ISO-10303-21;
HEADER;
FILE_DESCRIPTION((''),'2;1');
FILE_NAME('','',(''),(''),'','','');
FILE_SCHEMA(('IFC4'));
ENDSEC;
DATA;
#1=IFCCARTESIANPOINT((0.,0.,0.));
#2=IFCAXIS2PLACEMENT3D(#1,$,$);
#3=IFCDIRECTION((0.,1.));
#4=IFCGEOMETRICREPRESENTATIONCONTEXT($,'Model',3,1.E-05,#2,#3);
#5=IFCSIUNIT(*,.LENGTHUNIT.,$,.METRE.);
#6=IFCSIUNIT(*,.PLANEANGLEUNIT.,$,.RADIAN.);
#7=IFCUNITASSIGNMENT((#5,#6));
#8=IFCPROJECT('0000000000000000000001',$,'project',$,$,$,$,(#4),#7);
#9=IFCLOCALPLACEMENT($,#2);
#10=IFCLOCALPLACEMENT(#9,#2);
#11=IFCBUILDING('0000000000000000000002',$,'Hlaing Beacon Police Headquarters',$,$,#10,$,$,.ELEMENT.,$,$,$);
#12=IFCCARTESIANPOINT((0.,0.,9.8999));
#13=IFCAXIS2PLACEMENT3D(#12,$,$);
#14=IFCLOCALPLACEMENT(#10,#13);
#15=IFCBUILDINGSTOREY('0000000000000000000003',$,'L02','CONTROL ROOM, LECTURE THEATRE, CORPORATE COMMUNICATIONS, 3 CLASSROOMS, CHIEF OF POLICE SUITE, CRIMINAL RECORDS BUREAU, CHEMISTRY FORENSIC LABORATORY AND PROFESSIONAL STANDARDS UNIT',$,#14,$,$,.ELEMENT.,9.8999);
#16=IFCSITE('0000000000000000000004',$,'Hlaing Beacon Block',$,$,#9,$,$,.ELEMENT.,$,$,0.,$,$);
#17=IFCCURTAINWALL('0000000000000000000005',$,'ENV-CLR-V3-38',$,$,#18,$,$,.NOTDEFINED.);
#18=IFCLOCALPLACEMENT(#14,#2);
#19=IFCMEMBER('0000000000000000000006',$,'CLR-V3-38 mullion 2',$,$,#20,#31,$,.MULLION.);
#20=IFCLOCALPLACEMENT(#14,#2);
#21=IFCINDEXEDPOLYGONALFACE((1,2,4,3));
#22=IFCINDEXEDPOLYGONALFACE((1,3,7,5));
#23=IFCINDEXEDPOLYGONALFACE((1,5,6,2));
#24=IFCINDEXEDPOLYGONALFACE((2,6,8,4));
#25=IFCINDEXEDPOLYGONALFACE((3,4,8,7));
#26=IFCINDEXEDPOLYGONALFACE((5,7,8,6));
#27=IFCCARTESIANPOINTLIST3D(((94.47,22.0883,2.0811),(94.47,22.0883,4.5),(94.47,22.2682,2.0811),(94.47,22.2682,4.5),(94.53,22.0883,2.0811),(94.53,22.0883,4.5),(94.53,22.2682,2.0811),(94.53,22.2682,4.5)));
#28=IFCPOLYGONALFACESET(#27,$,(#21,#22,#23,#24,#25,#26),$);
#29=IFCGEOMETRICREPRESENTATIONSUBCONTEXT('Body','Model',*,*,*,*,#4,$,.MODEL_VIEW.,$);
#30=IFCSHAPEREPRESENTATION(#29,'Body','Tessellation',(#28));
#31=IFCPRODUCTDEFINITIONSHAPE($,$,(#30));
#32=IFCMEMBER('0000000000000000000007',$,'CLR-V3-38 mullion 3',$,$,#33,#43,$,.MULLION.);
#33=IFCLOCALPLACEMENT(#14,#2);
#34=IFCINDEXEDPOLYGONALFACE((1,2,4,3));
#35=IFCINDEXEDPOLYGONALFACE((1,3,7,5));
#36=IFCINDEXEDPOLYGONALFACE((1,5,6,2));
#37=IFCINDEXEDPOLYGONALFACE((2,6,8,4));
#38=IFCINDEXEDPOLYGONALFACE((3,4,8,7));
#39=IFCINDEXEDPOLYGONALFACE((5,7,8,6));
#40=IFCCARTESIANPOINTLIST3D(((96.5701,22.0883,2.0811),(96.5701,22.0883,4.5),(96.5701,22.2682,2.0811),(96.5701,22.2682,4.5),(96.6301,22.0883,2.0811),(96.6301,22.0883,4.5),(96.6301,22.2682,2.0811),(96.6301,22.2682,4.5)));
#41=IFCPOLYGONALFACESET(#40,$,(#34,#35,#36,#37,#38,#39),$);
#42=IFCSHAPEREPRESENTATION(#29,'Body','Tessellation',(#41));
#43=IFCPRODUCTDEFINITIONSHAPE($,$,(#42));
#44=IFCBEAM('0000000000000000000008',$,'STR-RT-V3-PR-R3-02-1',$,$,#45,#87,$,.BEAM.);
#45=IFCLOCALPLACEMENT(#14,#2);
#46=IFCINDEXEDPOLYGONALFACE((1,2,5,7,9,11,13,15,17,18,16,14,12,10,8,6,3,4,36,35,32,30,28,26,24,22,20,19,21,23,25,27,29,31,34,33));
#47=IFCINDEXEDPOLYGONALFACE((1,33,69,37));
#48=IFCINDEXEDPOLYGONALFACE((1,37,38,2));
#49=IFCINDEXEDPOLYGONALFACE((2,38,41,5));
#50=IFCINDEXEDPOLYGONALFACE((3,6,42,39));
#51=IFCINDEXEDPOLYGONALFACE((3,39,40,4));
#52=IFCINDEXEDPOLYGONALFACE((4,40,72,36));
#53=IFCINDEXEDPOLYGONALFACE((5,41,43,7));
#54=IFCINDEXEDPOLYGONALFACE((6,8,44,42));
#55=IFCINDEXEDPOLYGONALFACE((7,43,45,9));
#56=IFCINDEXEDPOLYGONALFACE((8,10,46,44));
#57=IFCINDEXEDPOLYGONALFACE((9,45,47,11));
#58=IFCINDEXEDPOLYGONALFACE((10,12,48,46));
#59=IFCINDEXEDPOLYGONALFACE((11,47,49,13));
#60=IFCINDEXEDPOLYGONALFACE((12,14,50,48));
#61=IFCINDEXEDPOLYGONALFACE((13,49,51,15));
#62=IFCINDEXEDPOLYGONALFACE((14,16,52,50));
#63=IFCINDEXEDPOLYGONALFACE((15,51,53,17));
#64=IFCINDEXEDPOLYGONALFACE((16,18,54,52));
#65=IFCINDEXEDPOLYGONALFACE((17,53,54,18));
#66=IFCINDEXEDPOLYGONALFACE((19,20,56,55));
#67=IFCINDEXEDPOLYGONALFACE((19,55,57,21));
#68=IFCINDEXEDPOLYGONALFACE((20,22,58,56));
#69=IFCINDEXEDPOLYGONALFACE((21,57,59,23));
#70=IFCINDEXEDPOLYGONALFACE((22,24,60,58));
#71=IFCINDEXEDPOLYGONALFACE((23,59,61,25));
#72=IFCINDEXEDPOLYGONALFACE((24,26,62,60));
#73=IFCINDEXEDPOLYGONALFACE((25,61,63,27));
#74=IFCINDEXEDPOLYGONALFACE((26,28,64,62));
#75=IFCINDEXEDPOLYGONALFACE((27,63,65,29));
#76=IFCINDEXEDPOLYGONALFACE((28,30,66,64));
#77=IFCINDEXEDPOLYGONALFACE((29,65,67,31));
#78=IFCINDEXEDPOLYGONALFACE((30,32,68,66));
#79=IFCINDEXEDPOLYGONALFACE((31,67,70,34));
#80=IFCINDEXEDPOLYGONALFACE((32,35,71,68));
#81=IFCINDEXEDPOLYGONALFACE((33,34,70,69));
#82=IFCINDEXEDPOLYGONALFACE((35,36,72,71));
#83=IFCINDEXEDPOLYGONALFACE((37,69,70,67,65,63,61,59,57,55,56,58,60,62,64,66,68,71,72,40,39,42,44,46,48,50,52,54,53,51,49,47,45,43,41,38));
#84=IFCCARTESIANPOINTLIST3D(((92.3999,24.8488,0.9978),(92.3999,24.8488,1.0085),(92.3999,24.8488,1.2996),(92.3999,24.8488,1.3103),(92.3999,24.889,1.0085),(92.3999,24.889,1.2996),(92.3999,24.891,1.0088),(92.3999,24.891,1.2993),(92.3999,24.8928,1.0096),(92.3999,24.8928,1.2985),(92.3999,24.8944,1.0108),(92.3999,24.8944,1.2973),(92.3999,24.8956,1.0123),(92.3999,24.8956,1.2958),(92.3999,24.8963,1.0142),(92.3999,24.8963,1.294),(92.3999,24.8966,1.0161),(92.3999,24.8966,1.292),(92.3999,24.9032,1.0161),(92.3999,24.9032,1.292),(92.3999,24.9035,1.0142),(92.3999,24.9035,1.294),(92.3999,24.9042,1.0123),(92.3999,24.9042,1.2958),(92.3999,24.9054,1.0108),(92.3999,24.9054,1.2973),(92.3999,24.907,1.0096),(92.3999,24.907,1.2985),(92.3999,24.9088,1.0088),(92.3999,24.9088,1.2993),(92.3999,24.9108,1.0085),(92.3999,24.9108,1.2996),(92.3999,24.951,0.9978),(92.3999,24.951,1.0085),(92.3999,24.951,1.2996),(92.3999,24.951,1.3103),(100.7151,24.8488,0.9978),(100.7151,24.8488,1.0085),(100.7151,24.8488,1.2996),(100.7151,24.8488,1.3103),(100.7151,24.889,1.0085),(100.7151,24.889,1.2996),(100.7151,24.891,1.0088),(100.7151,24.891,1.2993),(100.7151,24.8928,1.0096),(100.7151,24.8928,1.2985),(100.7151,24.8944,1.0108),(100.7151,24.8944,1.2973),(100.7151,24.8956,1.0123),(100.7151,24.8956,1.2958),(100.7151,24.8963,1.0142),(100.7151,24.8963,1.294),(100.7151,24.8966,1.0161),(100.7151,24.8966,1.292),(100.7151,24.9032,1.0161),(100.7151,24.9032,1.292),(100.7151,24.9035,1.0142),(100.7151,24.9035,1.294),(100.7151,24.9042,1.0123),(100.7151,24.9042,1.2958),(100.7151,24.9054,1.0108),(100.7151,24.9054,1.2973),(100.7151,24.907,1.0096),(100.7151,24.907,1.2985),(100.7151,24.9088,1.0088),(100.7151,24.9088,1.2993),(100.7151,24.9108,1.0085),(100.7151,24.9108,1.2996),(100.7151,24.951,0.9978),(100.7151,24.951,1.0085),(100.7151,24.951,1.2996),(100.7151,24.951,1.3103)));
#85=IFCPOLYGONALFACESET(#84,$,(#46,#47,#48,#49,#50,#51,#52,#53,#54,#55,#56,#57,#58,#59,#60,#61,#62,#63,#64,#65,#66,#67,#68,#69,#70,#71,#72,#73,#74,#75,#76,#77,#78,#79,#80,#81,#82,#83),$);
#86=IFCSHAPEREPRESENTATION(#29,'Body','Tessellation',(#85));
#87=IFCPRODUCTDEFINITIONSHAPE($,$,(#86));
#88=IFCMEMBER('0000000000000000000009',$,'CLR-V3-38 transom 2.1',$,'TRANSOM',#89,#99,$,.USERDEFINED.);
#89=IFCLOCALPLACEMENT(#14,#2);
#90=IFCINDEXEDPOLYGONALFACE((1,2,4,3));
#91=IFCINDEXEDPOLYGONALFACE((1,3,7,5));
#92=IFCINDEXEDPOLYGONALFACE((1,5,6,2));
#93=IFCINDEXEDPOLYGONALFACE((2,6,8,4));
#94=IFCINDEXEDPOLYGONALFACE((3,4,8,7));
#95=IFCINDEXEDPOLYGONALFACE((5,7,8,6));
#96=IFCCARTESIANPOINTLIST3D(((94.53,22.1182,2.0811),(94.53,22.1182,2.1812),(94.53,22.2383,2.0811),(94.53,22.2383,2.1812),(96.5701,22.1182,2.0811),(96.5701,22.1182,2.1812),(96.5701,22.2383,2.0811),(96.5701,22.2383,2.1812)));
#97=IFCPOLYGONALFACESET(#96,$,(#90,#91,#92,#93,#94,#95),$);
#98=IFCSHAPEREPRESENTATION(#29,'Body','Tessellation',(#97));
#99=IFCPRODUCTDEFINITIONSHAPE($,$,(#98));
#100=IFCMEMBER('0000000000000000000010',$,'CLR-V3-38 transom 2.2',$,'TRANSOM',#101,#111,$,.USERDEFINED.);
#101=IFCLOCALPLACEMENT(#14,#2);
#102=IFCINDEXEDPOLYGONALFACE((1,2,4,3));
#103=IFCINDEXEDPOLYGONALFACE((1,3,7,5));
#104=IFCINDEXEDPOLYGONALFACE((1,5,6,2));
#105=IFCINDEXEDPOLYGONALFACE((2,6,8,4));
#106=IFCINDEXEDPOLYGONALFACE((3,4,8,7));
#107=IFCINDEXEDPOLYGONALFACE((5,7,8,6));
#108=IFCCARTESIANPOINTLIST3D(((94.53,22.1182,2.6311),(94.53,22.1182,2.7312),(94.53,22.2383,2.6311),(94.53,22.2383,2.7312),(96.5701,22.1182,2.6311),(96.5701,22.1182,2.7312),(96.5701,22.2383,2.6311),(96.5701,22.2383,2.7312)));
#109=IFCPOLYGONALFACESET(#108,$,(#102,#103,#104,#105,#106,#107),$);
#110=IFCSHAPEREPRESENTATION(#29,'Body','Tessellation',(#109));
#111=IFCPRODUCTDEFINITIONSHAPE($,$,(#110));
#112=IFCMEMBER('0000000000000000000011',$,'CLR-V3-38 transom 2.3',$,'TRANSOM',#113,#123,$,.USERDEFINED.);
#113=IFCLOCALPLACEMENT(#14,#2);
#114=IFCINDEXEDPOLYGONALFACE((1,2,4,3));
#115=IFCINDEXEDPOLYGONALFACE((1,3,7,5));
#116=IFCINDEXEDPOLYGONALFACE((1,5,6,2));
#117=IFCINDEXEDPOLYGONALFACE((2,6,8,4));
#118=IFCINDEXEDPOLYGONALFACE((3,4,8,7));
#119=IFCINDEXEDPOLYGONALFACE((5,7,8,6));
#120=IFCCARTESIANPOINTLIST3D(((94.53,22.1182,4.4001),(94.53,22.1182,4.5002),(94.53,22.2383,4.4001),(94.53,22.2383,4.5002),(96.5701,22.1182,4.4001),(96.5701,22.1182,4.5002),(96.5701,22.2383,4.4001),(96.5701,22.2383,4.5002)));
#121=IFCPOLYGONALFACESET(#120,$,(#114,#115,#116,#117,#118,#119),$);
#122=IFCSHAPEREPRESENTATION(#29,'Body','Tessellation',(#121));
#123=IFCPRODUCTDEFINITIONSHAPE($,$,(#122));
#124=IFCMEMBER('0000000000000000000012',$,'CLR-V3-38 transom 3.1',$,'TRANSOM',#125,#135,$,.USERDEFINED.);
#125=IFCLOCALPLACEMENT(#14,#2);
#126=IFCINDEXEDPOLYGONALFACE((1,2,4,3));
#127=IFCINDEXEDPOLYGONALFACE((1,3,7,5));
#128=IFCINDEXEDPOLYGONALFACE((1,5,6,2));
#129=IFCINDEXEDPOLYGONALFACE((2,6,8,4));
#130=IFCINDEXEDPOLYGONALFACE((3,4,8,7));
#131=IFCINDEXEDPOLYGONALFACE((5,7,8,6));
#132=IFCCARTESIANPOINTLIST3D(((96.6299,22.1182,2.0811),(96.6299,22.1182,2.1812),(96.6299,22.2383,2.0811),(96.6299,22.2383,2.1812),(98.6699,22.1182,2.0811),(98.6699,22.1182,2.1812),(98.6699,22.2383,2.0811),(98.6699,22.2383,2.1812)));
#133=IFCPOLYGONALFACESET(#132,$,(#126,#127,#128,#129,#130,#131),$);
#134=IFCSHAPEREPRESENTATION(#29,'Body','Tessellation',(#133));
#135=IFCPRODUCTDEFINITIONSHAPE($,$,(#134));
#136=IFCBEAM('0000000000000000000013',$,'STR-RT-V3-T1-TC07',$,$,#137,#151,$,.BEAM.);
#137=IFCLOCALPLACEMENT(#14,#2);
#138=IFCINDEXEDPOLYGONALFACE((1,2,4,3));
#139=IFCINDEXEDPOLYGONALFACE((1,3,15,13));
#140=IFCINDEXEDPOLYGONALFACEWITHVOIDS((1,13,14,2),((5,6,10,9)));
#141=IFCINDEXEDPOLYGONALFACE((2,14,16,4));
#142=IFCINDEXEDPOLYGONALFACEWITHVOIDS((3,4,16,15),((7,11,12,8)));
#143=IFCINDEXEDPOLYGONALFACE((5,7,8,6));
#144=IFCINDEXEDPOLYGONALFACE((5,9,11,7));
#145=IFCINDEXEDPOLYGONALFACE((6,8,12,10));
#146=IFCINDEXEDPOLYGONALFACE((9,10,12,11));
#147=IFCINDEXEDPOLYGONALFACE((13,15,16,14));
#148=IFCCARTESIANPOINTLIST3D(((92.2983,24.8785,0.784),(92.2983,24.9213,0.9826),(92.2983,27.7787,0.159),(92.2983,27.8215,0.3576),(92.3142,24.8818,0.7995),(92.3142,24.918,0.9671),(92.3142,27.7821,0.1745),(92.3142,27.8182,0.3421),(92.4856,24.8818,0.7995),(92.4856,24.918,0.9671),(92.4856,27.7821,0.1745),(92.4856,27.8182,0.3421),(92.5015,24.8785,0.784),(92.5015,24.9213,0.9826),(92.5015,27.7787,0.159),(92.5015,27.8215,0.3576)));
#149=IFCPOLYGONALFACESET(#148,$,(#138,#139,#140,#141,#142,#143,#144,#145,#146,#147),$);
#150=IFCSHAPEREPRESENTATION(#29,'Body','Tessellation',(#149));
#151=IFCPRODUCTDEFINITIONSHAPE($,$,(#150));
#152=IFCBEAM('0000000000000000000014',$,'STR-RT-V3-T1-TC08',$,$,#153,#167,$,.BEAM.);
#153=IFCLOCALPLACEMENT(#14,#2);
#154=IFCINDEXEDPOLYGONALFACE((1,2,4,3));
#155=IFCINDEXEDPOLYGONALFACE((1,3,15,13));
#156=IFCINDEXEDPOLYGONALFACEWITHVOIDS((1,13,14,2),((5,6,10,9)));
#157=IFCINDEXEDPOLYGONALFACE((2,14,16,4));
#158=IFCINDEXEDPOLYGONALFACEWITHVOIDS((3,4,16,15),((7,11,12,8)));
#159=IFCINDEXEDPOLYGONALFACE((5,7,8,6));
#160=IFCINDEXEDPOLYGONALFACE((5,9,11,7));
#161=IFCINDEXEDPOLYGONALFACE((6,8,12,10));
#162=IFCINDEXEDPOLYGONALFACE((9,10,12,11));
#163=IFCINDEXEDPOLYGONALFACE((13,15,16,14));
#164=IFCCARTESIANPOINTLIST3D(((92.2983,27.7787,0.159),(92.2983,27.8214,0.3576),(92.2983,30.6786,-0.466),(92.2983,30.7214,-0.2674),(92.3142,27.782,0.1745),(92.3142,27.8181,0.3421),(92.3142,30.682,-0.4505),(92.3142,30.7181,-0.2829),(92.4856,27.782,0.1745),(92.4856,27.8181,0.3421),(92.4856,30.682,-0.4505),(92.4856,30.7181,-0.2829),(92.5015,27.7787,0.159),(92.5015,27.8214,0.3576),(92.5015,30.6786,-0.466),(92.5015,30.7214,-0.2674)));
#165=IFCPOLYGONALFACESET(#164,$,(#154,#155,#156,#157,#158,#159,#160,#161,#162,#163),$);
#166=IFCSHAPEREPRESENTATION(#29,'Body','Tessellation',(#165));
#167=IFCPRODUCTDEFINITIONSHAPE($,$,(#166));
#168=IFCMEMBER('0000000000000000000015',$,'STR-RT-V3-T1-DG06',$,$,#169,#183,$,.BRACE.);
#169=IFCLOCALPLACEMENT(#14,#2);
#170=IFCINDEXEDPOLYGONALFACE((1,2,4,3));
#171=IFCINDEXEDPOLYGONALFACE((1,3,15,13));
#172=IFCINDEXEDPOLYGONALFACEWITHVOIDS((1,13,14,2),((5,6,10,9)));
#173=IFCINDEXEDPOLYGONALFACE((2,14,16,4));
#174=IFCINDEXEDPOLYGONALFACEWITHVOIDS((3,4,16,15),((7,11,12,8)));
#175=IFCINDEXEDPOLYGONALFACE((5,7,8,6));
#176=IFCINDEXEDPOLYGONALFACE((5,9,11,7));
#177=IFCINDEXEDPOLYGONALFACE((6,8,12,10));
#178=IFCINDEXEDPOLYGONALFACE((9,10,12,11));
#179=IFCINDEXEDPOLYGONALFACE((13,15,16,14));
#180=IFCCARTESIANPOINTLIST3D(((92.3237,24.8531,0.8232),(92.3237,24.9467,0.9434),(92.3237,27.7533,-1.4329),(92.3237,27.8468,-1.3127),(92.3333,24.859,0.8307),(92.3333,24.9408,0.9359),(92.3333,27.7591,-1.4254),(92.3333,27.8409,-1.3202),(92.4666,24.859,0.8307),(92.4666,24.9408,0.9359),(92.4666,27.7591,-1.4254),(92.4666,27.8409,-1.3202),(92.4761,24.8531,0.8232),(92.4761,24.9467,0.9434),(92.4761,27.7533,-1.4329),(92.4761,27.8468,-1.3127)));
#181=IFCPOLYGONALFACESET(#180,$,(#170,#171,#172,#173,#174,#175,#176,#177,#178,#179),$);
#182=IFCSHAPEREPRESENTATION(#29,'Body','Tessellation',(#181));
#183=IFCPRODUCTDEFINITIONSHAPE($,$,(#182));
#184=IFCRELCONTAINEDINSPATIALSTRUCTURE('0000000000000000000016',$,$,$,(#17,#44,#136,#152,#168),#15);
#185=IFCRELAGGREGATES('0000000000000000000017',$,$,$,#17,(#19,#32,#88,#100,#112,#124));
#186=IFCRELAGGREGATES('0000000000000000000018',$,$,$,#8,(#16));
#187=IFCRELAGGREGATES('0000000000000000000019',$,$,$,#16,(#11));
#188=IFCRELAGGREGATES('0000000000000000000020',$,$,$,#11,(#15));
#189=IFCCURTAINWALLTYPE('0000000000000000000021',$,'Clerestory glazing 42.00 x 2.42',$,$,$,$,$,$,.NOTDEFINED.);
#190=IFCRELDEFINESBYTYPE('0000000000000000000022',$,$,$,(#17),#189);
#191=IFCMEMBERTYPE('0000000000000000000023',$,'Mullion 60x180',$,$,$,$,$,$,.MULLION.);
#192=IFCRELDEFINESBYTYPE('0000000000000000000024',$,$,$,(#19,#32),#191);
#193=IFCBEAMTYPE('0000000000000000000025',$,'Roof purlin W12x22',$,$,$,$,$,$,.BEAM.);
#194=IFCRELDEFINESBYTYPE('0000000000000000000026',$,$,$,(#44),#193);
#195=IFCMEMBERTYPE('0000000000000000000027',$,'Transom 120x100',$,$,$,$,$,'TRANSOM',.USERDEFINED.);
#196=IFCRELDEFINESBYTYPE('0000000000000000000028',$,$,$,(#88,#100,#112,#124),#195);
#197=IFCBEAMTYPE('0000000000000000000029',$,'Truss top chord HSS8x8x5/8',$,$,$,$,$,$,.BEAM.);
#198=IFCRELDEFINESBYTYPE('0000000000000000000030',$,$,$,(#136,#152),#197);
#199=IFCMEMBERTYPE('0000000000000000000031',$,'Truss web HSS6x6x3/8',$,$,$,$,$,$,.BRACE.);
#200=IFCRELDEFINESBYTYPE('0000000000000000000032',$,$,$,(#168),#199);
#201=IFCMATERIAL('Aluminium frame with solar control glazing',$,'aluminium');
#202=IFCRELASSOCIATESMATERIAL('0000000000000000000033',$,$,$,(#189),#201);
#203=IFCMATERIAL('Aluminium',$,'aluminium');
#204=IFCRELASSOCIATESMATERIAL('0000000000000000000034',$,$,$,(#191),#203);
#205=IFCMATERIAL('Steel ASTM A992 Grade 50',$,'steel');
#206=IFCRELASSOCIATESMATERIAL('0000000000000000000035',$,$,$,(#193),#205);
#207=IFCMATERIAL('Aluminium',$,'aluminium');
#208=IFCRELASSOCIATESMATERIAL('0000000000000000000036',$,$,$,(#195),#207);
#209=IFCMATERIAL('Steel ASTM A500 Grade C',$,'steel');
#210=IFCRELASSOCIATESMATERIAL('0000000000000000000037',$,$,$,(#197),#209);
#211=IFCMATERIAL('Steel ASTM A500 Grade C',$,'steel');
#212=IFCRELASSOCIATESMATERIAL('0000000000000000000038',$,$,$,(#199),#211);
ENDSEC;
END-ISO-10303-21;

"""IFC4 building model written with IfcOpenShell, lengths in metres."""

from ifc_helpers import new_model, si_unit, direction, frame, origin, origin_2d, place, context, subcontext, project, spatial, rectangle, hollow_rectangle, i_section, extrude, material, material_profile, profile_set, type_object, element, aggregate, save


model = new_model("IFC4")

# Units and contexts
model_context = context("Model", 3, precision=1e-05, world=origin(), true_north=direction((0.0, 1.0)))
body_context = subcontext(model_context, "Body", "Model", "MODEL_VIEW")
ifc_project = project(units=[si_unit("LENGTHUNIT", "METRE"), si_unit("PLANEANGLEUNIT", "RADIAN")], contexts=[model_context])

# Site, building, storey
site_placement = place(None, origin())
site = spatial("IfcSite", under=ifc_project, at=site_placement, Name="Hlaing Beacon Block", CompositionType="ELEMENT", RefElevation=0.0)
building_placement = place(site_placement, origin())
building = spatial("IfcBuilding", under=site, at=building_placement, Name="Hlaing Beacon Police Headquarters", CompositionType="ELEMENT")
storey_placement = place(building_placement, frame((0.0, 0.0, 9.8999)))
storey = spatial("IfcBuildingStorey", under=building, at=storey_placement, Name="L02", Description="CONTROL ROOM, LECTURE THEATRE, CORPORATE COMMUNICATIONS, 3 CLASSROOMS, CHIEF OF POLICE SUITE, CRIMINAL RECORDS BUREAU, CHEMISTRY FORENSIC LABORATORY AND PROFESSIONAL STANDARDS UNIT", CompositionType="ELEMENT", Elevation=9.8999)

# Curtain wall, members
ifc_material_1 = material(Name="Aluminium frame with solar control glazing", Category="aluminium")
curtain_wall_type = type_object("IfcCurtainWallType", Name="Clerestory glazing 42.00 x 2.42", PredefinedType="NOTDEFINED", material=ifc_material_1)
curtain_wall_placement = place(storey_placement, origin())
curtain_wall = element("IfcCurtainWall", 1, at=curtain_wall_placement, inside=storey, type_object=curtain_wall_type, Name="ENV-CLR-V3-38", PredefinedType="NOTDEFINED")
ifc_material_2 = material(Name="Aluminium", Category="aluminium")
ifc_material_profile_1 = material_profile(ifc_material_2, rectangle(XDim=0.1799, YDim=0.0601, at=origin_2d()), Name="Mullion 60x180")
ifc_profile_set_1 = profile_set([ifc_material_profile_1], Name="Aluminium")
member_type_1 = type_object("IfcMemberType", Name="Mullion 60x180", PredefinedType="MULLION", material=ifc_profile_set_1)
member_1_placement = place(storey_placement, frame((94.5, 22.1782, 2.0811), z_axis=(0.0, 0.0, 1.0), x_axis=(0.0, 1.0, 0.0)))
member_1 = element("IfcMember", 2, at=member_1_placement, type_object=member_type_1, Name="CLR-V3-38 mullion 2", PredefinedType="MULLION", context=body_context, shape_type="SweptSolid", body=[
    extrude(rectangle(XDim=0.1799, YDim=0.0601, at=origin_2d()), origin(), (0.0, 0.0, 1.0), 2.4189),
])
member_2_placement = place(storey_placement, frame((96.6001, 22.1782, 2.0811), z_axis=(0.0, 0.0, 1.0), x_axis=(0.0, 1.0, 0.0)))
member_2 = element("IfcMember", 3, at=member_2_placement, type_object=member_type_1, Name="CLR-V3-38 mullion 3", PredefinedType="MULLION", context=body_context, shape_type="SweptSolid", body=[
    extrude(rectangle(XDim=0.1799, YDim=0.0601, at=origin_2d()), origin(), (0.0, 0.0, 1.0), 2.4189),
])

# Beam
ifc_material_3 = material(Name="Steel ASTM A992 Grade 50", Category="steel")
ifc_material_profile_2 = material_profile(ifc_material_3, i_section(OverallWidth=0.1023, OverallDepth=0.3125, WebThickness=0.0066, FlangeThickness=0.0107, FilletRadius=0.0076, at=origin_2d()), Name="W12x22")
ifc_profile_set_2 = profile_set([ifc_material_profile_2], Name="Steel ASTM A992 Grade 50")
beam_type_1 = type_object("IfcBeamType", Name="Roof purlin W12x22", PredefinedType="BEAM", material=ifc_profile_set_2)
beam_1_placement = place(storey_placement, frame((92.3999, 24.8999, 1.1541), z_axis=(1.0, 0.0, 0.0), x_axis=(0.0, 1.0, 0.0)))
element("IfcBeam", 4, at=beam_1_placement, inside=storey, type_object=beam_type_1, Name="STR-RT-V3-PR-R3-02-1", PredefinedType="BEAM", context=body_context, shape_type="SweptSolid", body=[
    extrude(i_section(OverallWidth=0.1023, OverallDepth=0.3125, WebThickness=0.0066, FlangeThickness=0.0107, FilletRadius=0.0076, at=origin_2d()), origin(), (0.0, 0.0, 1.0), 8.3152),
])

# Members
ifc_material_4 = material(Name="Aluminium", Category="aluminium")
ifc_material_profile_3 = material_profile(ifc_material_4, rectangle(XDim=0.1201, YDim=0.1001, at=origin_2d()), Name="Transom 120x100")
ifc_profile_set_3 = profile_set([ifc_material_profile_3], Name="Aluminium")
member_type_2 = type_object("IfcMemberType", Name="Transom 120x100", ElementType="TRANSOM", PredefinedType="USERDEFINED", material=ifc_profile_set_3)
member_3_placement = place(storey_placement, frame((94.53, 22.1782, 2.1311), z_axis=(1.0, 0.0, 0.0), x_axis=(0.0, 1.0, 0.0)))
member_3 = element("IfcMember", 5, at=member_3_placement, type_object=member_type_2, Name="CLR-V3-38 transom 2.1", ObjectType="TRANSOM", PredefinedType="USERDEFINED", context=body_context, shape_type="SweptSolid", body=[
    extrude(rectangle(XDim=0.1201, YDim=0.1001, at=origin_2d()), origin(), (0.0, 0.0, 1.0), 2.04),
])
member_4_placement = place(storey_placement, frame((94.53, 22.1782, 2.6812), z_axis=(1.0, 0.0, 0.0), x_axis=(0.0, 1.0, 0.0)))
member_4 = element("IfcMember", 6, at=member_4_placement, type_object=member_type_2, Name="CLR-V3-38 transom 2.2", ObjectType="TRANSOM", PredefinedType="USERDEFINED", context=body_context, shape_type="SweptSolid", body=[
    extrude(rectangle(XDim=0.1201, YDim=0.1001, at=origin_2d()), origin(), (0.0, 0.0, 1.0), 2.04),
])
member_5_placement = place(storey_placement, frame((94.53, 22.1782, 4.4502), z_axis=(1.0, 0.0, 0.0), x_axis=(0.0, 1.0, 0.0)))
member_5 = element("IfcMember", 7, at=member_5_placement, type_object=member_type_2, Name="CLR-V3-38 transom 2.3", ObjectType="TRANSOM", PredefinedType="USERDEFINED", context=body_context, shape_type="SweptSolid", body=[
    extrude(rectangle(XDim=0.1201, YDim=0.1001, at=origin_2d()), origin(), (0.0, 0.0, 1.0), 2.04),
])
member_6_placement = place(storey_placement, frame((96.6299, 22.1782, 2.1311), z_axis=(1.0, 0.0, 0.0), x_axis=(0.0, 1.0, 0.0)))
member_6 = element("IfcMember", 8, at=member_6_placement, type_object=member_type_2, Name="CLR-V3-38 transom 3.1", ObjectType="TRANSOM", PredefinedType="USERDEFINED", context=body_context, shape_type="SweptSolid", body=[
    extrude(rectangle(XDim=0.1201, YDim=0.1001, at=origin_2d()), origin(), (0.0, 0.0, 1.0), 2.04),
])

# Beams
ifc_material_5 = material(Name="Steel ASTM A500 Grade C", Category="steel")
ifc_material_profile_4 = material_profile(ifc_material_5, hollow_rectangle(XDim=0.2031, YDim=0.2031, WallThickness=0.0159, at=origin_2d()), Name="HSS8x8x5/8")
ifc_profile_set_4 = profile_set([ifc_material_profile_4], Name="Steel ASTM A500 Grade C")
beam_type_2 = type_object("IfcBeamType", Name="Truss top chord HSS8x8x5/8", PredefinedType="BEAM", material=ifc_profile_set_4)
beam_2_placement = place(storey_placement, frame((92.3999, 24.8999, 0.8833), z_axis=(0.0, 0.977557, -0.21067), x_axis=(-1.0, 0.0, 0.0)))
element("IfcBeam", 9, at=beam_2_placement, inside=storey, type_object=beam_type_2, Name="STR-RT-V3-T1-TC07", PredefinedType="BEAM", context=body_context, shape_type="SweptSolid", body=[
    extrude(hollow_rectangle(XDim=0.2031, YDim=0.2031, WallThickness=0.0159, at=origin_2d()), origin(), (0.0, 0.0, 1.0), 2.9668),
])
beam_3_placement = place(storey_placement, frame((92.3999, 27.8, 0.2583), z_axis=(0.0, 0.977554, -0.210687), x_axis=(-1.0, 0.0, 0.0)))
element("IfcBeam", 10, at=beam_3_placement, inside=storey, type_object=beam_type_2, Name="STR-RT-V3-T1-TC08", PredefinedType="BEAM", context=body_context, shape_type="SweptSolid", body=[
    extrude(hollow_rectangle(XDim=0.2031, YDim=0.2031, WallThickness=0.0159, at=origin_2d()), origin(), (0.0, 0.0, 1.0), 2.9666),
])

# Member
ifc_material_6 = material(Name="Steel ASTM A500 Grade C", Category="steel")
ifc_material_profile_5 = material_profile(ifc_material_6, hollow_rectangle(XDim=0.1523, YDim=0.1523, WallThickness=0.0095, at=origin_2d()), Name="HSS6x6x3/8")
ifc_profile_set_5 = profile_set([ifc_material_profile_5], Name="Steel ASTM A500 Grade C")
member_type_3 = type_object("IfcMemberType", Name="Truss web HSS6x6x3/8", PredefinedType="BRACE", material=ifc_profile_set_5)
member_7_placement = place(storey_placement, frame((92.3999, 24.8999, 0.8833), z_axis=(0.0, 0.789295, -0.614014), x_axis=(-1.0, 0.0, 0.0)))
element("IfcMember", 11, at=member_7_placement, inside=storey, type_object=member_type_3, Name="STR-RT-V3-T1-DG06", PredefinedType="BRACE", context=body_context, shape_type="SweptSolid", body=[
    extrude(hollow_rectangle(XDim=0.1523, YDim=0.1523, WallThickness=0.0095, at=origin_2d()), origin(), (0.0, 0.0, 1.0), 3.6743),
])

aggregate(curtain_wall, [member_1, member_2, member_3, member_4, member_5, member_6])

save(model, "model.ifc")
